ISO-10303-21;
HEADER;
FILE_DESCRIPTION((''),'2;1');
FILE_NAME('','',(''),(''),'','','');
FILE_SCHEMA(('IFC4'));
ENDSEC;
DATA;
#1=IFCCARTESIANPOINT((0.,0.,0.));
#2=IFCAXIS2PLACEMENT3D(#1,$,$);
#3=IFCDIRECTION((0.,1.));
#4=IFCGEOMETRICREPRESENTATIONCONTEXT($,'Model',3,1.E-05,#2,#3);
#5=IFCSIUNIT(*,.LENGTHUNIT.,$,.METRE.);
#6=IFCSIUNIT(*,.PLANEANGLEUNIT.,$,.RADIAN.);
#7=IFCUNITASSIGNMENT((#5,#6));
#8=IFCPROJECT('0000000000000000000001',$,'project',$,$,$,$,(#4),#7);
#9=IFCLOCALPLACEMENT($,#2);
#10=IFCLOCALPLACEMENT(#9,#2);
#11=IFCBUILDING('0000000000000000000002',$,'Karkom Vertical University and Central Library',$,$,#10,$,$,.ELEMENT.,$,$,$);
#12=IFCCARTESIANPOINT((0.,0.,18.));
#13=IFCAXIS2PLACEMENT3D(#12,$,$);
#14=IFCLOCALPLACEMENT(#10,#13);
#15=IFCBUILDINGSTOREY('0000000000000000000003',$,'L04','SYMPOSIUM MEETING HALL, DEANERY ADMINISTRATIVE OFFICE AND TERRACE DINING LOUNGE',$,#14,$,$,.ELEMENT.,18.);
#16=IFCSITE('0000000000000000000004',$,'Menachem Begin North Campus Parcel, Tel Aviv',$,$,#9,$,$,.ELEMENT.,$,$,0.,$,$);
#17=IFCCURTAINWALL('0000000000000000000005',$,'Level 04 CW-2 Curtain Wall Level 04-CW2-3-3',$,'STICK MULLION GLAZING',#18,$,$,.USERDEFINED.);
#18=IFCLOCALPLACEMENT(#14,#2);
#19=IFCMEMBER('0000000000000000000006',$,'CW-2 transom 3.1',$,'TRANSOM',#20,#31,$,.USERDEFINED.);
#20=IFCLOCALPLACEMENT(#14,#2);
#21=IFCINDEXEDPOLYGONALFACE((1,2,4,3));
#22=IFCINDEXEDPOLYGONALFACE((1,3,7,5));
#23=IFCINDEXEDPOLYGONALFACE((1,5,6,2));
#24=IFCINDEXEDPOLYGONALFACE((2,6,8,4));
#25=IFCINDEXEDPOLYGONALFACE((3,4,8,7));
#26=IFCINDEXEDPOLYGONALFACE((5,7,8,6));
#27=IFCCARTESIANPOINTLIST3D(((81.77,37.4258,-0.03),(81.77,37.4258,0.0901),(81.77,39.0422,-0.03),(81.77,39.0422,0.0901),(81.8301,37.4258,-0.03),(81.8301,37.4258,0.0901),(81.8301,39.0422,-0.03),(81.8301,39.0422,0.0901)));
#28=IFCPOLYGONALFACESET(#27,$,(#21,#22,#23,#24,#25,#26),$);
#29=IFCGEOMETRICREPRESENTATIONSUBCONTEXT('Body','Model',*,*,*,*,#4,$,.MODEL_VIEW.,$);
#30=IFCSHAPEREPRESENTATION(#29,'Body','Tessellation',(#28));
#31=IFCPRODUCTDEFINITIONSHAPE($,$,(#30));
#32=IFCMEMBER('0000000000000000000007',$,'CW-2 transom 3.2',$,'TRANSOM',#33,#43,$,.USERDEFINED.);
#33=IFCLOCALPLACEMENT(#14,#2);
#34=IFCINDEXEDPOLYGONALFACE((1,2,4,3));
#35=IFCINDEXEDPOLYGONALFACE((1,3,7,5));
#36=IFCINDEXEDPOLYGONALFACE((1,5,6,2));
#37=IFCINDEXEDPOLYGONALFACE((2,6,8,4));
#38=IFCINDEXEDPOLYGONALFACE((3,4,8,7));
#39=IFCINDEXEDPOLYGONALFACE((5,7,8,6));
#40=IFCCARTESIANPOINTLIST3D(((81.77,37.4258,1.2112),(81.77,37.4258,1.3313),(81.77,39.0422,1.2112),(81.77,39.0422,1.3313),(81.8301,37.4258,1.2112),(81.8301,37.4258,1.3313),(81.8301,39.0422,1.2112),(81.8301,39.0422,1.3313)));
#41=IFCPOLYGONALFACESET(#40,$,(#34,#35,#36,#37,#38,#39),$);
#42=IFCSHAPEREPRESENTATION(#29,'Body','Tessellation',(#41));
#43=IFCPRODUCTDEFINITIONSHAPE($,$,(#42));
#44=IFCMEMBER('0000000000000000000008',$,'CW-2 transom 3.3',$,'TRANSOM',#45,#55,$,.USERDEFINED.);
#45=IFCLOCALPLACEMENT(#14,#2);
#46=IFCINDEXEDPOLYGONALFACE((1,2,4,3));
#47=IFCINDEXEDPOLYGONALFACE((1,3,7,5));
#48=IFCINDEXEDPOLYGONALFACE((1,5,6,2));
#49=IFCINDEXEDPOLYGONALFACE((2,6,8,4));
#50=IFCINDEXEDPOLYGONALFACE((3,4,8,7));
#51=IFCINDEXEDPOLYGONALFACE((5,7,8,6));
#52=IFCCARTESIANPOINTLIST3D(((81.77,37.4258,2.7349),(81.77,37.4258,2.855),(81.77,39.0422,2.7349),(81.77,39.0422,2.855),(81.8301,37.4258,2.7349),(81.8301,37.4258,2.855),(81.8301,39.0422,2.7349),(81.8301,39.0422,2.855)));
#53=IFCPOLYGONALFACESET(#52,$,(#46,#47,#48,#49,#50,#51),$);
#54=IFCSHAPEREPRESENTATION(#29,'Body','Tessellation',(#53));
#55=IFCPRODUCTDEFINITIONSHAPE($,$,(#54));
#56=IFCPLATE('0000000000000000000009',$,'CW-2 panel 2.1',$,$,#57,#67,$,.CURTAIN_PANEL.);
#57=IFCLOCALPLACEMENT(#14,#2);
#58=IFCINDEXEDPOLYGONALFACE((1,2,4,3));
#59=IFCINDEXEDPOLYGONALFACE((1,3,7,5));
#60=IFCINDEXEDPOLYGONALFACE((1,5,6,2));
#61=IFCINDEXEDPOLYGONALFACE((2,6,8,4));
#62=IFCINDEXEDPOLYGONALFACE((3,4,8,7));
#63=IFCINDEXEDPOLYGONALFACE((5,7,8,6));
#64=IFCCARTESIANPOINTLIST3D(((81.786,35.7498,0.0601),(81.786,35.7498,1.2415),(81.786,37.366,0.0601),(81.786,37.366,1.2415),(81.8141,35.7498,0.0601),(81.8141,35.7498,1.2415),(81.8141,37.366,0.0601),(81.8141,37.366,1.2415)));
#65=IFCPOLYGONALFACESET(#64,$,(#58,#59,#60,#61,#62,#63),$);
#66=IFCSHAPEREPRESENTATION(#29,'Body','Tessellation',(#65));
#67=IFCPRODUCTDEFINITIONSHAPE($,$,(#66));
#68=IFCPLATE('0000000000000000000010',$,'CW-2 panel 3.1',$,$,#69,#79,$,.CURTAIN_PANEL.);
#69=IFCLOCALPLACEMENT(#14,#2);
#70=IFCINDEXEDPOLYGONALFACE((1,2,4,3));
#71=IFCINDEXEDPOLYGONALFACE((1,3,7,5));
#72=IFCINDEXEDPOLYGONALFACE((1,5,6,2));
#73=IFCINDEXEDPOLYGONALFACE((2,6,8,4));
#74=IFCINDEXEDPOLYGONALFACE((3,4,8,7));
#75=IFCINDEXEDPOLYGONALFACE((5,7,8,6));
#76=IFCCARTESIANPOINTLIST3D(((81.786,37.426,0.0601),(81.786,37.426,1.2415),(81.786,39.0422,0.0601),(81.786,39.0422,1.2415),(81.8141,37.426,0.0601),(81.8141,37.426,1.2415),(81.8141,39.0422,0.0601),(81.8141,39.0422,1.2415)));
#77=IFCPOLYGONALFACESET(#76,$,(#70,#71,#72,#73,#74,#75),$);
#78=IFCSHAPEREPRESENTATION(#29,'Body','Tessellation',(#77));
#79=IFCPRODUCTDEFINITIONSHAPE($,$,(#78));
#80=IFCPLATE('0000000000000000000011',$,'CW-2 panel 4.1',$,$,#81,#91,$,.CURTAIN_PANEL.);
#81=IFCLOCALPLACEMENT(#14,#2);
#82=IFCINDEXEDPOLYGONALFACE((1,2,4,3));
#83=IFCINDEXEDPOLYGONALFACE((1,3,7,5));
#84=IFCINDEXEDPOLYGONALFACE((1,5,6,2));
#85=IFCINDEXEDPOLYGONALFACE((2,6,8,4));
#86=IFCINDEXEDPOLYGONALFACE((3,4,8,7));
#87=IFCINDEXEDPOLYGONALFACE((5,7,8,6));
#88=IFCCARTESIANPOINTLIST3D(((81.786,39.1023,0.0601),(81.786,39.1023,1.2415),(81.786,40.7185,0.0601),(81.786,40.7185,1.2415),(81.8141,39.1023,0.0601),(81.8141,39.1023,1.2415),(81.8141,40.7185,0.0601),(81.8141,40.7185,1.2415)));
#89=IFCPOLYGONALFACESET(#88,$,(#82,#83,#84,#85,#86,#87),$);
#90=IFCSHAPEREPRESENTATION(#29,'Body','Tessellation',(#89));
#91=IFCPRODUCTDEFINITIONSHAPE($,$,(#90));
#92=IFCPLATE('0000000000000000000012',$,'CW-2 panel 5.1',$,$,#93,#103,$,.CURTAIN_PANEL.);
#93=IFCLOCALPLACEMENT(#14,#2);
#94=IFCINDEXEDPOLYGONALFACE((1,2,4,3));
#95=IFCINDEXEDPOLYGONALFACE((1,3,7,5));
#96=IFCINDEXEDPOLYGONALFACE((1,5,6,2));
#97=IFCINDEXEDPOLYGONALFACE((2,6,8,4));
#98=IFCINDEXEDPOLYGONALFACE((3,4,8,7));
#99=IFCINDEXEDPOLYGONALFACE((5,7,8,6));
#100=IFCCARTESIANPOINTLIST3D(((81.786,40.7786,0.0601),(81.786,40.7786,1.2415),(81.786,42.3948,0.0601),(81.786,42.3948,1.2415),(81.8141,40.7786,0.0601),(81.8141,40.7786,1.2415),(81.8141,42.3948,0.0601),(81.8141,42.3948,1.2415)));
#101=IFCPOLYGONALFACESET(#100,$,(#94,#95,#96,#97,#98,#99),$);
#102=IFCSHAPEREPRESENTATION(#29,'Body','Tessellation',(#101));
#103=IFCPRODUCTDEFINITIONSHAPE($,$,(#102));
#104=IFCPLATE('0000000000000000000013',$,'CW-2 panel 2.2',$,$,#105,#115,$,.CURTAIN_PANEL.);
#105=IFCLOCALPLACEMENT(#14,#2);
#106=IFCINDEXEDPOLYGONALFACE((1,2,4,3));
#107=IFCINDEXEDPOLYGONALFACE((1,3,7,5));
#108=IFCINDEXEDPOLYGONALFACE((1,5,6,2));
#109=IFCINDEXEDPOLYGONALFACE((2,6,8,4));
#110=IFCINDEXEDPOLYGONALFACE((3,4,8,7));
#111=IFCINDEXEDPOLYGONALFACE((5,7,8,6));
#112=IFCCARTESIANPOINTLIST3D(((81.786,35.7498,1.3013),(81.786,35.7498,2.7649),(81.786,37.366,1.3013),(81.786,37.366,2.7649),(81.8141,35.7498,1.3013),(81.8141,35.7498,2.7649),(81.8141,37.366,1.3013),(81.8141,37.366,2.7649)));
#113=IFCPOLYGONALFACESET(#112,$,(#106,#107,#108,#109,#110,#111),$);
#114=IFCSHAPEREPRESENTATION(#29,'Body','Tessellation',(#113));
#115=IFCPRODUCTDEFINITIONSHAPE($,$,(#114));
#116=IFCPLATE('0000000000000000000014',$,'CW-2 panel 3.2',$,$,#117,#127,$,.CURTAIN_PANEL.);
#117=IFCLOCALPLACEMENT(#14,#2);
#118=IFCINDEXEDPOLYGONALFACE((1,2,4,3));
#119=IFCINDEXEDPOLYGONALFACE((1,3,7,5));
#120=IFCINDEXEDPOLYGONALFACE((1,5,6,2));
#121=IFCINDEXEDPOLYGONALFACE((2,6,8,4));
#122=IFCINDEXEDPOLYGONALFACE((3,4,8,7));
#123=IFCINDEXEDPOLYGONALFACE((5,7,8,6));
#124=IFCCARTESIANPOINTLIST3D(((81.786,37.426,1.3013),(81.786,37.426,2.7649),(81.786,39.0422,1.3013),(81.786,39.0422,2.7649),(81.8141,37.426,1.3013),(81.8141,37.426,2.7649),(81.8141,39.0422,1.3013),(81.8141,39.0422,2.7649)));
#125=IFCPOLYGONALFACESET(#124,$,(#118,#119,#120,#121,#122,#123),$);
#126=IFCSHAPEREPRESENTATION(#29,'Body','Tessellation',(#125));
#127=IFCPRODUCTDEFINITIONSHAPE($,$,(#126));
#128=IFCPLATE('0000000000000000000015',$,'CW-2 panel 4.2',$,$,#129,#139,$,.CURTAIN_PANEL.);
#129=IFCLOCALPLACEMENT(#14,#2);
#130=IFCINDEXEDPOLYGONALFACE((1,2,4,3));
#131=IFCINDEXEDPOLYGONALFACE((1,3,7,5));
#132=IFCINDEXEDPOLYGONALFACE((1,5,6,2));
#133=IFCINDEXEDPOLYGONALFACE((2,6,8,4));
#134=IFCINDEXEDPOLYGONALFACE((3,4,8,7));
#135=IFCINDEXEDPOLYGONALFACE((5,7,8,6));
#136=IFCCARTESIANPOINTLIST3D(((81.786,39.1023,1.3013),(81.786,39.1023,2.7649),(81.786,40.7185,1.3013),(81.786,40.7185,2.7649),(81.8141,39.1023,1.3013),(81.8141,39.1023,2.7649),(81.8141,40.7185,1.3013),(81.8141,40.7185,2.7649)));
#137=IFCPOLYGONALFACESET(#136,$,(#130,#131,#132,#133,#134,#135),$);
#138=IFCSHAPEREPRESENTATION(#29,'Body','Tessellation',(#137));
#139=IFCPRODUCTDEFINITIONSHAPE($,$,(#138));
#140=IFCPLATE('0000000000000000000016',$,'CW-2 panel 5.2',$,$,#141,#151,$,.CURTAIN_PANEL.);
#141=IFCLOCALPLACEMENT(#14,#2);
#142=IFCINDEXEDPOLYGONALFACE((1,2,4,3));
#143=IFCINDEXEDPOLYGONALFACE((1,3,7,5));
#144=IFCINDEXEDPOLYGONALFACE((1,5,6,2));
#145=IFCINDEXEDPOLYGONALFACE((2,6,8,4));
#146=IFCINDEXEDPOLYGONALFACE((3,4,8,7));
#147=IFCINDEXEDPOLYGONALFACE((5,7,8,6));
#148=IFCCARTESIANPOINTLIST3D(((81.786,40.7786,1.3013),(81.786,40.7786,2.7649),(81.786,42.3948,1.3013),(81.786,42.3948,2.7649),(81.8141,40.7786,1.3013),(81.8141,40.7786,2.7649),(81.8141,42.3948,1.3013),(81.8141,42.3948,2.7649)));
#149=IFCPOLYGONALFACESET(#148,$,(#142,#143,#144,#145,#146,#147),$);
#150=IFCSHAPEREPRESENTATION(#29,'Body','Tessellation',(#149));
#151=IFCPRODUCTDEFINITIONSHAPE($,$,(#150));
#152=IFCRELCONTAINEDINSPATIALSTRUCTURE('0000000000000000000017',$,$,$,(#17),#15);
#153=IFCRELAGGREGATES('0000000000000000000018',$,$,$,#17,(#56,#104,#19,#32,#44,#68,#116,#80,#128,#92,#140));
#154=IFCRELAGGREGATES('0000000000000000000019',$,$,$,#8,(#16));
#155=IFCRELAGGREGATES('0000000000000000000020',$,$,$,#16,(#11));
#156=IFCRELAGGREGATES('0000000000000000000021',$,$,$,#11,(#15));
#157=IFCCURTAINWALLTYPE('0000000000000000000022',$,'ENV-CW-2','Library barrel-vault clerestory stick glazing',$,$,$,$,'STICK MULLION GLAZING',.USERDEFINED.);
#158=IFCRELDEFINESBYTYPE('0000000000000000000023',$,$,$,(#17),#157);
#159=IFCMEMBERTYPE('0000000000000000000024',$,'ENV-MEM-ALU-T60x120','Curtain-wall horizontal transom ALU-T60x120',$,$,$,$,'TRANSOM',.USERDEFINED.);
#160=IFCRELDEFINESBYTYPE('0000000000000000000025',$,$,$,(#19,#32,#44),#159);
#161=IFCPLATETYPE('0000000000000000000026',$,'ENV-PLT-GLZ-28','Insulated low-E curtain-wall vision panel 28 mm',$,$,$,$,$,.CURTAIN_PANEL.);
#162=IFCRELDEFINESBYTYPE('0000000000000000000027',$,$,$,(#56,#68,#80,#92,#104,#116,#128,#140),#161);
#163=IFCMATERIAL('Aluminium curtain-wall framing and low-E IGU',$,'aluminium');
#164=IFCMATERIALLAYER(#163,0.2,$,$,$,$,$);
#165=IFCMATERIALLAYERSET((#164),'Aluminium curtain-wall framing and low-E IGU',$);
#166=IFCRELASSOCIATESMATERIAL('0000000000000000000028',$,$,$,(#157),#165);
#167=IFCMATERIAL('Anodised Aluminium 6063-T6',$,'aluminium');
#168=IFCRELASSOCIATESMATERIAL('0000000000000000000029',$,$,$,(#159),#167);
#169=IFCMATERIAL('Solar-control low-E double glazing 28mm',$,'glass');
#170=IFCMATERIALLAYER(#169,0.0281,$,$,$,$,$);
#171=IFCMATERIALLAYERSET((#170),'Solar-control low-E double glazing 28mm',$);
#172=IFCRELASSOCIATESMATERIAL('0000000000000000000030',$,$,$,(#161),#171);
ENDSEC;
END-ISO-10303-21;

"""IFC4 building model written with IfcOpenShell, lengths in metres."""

from ifc_helpers import new_model, si_unit, direction, frame, origin, origin_with_axes, origin_2d, place, context, subcontext, project, spatial, rectangle, extrude, source, transform, mapped, material, layer, layer_set, material_profile, profile_set, type_object, element, aggregate, save


model = new_model("IFC4")

# Units and contexts
model_context = context("Model", 3, precision=1e-05, world=origin(), true_north=direction((0.0, 1.0)))
body_context = subcontext(model_context, "Body", "Model", "MODEL_VIEW")
ifc_project = project(units=[si_unit("LENGTHUNIT", "METRE"), si_unit("PLANEANGLEUNIT", "RADIAN")], contexts=[model_context])

# Site, building, storey
site_placement = place(None, origin())
site = spatial("IfcSite", under=ifc_project, at=site_placement, Name="Menachem Begin North Campus Parcel, Tel Aviv", CompositionType="ELEMENT", RefElevation=0.0)
building_placement = place(site_placement, origin())
building = spatial("IfcBuilding", under=site, at=building_placement, Name="Karkom Vertical University and Central Library", CompositionType="ELEMENT")
storey_placement = place(building_placement, frame((0.0, 0.0, 18.0)))
storey = spatial("IfcBuildingStorey", under=building, at=storey_placement, Name="L04", Description="SYMPOSIUM MEETING HALL, DEANERY ADMINISTRATIVE OFFICE AND TERRACE DINING LOUNGE", CompositionType="ELEMENT", Elevation=18.0)

# Curtain wall, members, plates
ifc_material_1 = material(Name="Aluminium curtain-wall framing and low-E IGU", Category="aluminium")
ifc_layer_1 = layer(ifc_material_1, 0.2)
ifc_layer_set_1 = layer_set([ifc_layer_1], Name="Aluminium curtain-wall framing and low-E IGU")
curtain_wall_type = type_object("IfcCurtainWallType", Name="ENV-CW-2", Description="Library barrel-vault clerestory stick glazing", ElementType="STICK MULLION GLAZING", PredefinedType="USERDEFINED", material=ifc_layer_set_1)
curtain_wall_placement = place(storey_placement, origin())
curtain_wall = element("IfcCurtainWall", 1, at=curtain_wall_placement, inside=storey, type_object=curtain_wall_type, Name="Level 04 CW-2 Curtain Wall Level 04-CW2-3-3", ObjectType="STICK MULLION GLAZING", PredefinedType="USERDEFINED")
ifc_material_2 = material(Name="Anodised Aluminium 6063-T6", Category="aluminium")
ifc_material_profile_1 = material_profile(ifc_material_2, rectangle(XDim=0.0601, YDim=0.1201, at=origin_2d()), Name="ALU-T60x120")
ifc_profile_set_1 = profile_set([ifc_material_profile_1], Name="Anodised Aluminium 6063-T6")
member_type_1 = type_object("IfcMemberType", Name="ENV-MEM-ALU-T60x120", Description="Curtain-wall horizontal transom ALU-T60x120", ElementType="TRANSOM", PredefinedType="USERDEFINED", material=ifc_profile_set_1)
shared_shape_1 = source(origin_with_axes(), body_context, "Body", "SweptSolid", [
    extrude(rectangle(XDim=0.0601, YDim=0.1201, at=origin_2d()), origin(), (0.0, 0.0, 1.0), 1.6165),
])
member_1_placement = place(storey_placement, frame((81.8, 37.4258, 0.03), z_axis=(0.0, 1.0, 0.0), x_axis=(-1.0, 0.0, 0.0)))
member_1 = element("IfcMember", 2, at=member_1_placement, type_object=member_type_1, Name="CW-2 transom 3.1", ObjectType="TRANSOM", PredefinedType="USERDEFINED", context=body_context, shape_type="MappedRepresentation", body=[
    mapped(shared_shape_1, transform((0.0, 0.0, 0.0), scale=1.0)),
])
member_2_placement = place(storey_placement, frame((81.8, 37.4258, 1.2712), z_axis=(0.0, 1.0, 0.0), x_axis=(-1.0, 0.0, 0.0)))
member_2 = element("IfcMember", 3, at=member_2_placement, type_object=member_type_1, Name="CW-2 transom 3.2", ObjectType="TRANSOM", PredefinedType="USERDEFINED", context=body_context, shape_type="MappedRepresentation", body=[
    mapped(shared_shape_1, transform((0.0, 0.0, 0.0), scale=1.0)),
])
member_3_placement = place(storey_placement, frame((81.8, 37.4258, 2.7949), z_axis=(0.0, 1.0, 0.0), x_axis=(-1.0, 0.0, 0.0)))
member_3 = element("IfcMember", 4, at=member_3_placement, type_object=member_type_1, Name="CW-2 transom 3.3", ObjectType="TRANSOM", PredefinedType="USERDEFINED", context=body_context, shape_type="MappedRepresentation", body=[
    mapped(shared_shape_1, transform((0.0, 0.0, 0.0), scale=1.0)),
])
ifc_material_3 = material(Name="Solar-control low-E double glazing 28mm", Category="glass")
ifc_layer_2 = layer(ifc_material_3, 0.0281)
ifc_layer_set_2 = layer_set([ifc_layer_2], Name="Solar-control low-E double glazing 28mm")
plate_type = type_object("IfcPlateType", Name="ENV-PLT-GLZ-28", Description="Insulated low-E curtain-wall vision panel 28 mm", PredefinedType="CURTAIN_PANEL", material=ifc_layer_set_2)
shared_shape_2 = source(origin_with_axes(), body_context, "Body", "SweptSolid", [
    extrude(rectangle(XDim=1.6162, YDim=0.0281, at=origin_2d()), origin(), (0.0, 0.0, 1.0), 1.1814),
])
plate_1_placement = place(storey_placement, frame((81.8, 36.5579, 0.0601), z_axis=(0.0, 0.0, 1.0), x_axis=(0.0, 1.0, 0.0)))
plate_1 = element("IfcPlate", 5, at=plate_1_placement, type_object=plate_type, Name="CW-2 panel 2.1", PredefinedType="CURTAIN_PANEL", context=body_context, shape_type="MappedRepresentation", body=[
    mapped(shared_shape_2, transform((0.0, 0.0, 0.0), scale=1.0)),
])
plate_2_placement = place(storey_placement, frame((81.8, 38.2341, 0.0601), z_axis=(0.0, 0.0, 1.0), x_axis=(0.0, 1.0, 0.0)))
plate_2 = element("IfcPlate", 6, at=plate_2_placement, type_object=plate_type, Name="CW-2 panel 3.1", PredefinedType="CURTAIN_PANEL", context=body_context, shape_type="MappedRepresentation", body=[
    mapped(shared_shape_2, transform((0.0, 0.0, 0.0), scale=1.0)),
])
plate_3_placement = place(storey_placement, frame((81.8, 39.9104, 0.0601), z_axis=(0.0, 0.0, 1.0), x_axis=(0.0, 1.0, 0.0)))
plate_3 = element("IfcPlate", 7, at=plate_3_placement, type_object=plate_type, Name="CW-2 panel 4.1", PredefinedType="CURTAIN_PANEL", context=body_context, shape_type="MappedRepresentation", body=[
    mapped(shared_shape_2, transform((0.0, 0.0, 0.0), scale=1.0)),
])
plate_4_placement = place(storey_placement, frame((81.8, 41.5867, 0.0601), z_axis=(0.0, 0.0, 1.0), x_axis=(0.0, 1.0, 0.0)))
plate_4 = element("IfcPlate", 8, at=plate_4_placement, type_object=plate_type, Name="CW-2 panel 5.1", PredefinedType="CURTAIN_PANEL", context=body_context, shape_type="MappedRepresentation", body=[
    mapped(shared_shape_2, transform((0.0, 0.0, 0.0), scale=1.0)),
])
shared_shape_3 = source(origin_with_axes(), body_context, "Body", "SweptSolid", [
    extrude(rectangle(XDim=1.6162, YDim=0.0281, at=origin_2d()), origin(), (0.0, 0.0, 1.0), 1.4636),
])
plate_5_placement = place(storey_placement, frame((81.8, 36.5579, 1.3013), z_axis=(0.0, 0.0, 1.0), x_axis=(0.0, 1.0, 0.0)))
plate_5 = element("IfcPlate", 9, at=plate_5_placement, type_object=plate_type, Name="CW-2 panel 2.2", PredefinedType="CURTAIN_PANEL", context=body_context, shape_type="MappedRepresentation", body=[
    mapped(shared_shape_3, transform((0.0, 0.0, 0.0), scale=1.0)),
])
plate_6_placement = place(storey_placement, frame((81.8, 38.2341, 1.3013), z_axis=(0.0, 0.0, 1.0), x_axis=(0.0, 1.0, 0.0)))
plate_6 = element("IfcPlate", 10, at=plate_6_placement, type_object=plate_type, Name="CW-2 panel 3.2", PredefinedType="CURTAIN_PANEL", context=body_context, shape_type="MappedRepresentation", body=[
    mapped(shared_shape_3, transform((0.0, 0.0, 0.0), scale=1.0)),
])
plate_7_placement = place(storey_placement, frame((81.8, 39.9104, 1.3013), z_axis=(0.0, 0.0, 1.0), x_axis=(0.0, 1.0, 0.0)))
plate_7 = element("IfcPlate", 11, at=plate_7_placement, type_object=plate_type, Name="CW-2 panel 4.2", PredefinedType="CURTAIN_PANEL", context=body_context, shape_type="MappedRepresentation", body=[
    mapped(shared_shape_3, transform((0.0, 0.0, 0.0), scale=1.0)),
])
plate_8_placement = place(storey_placement, frame((81.8, 41.5867, 1.3013), z_axis=(0.0, 0.0, 1.0), x_axis=(0.0, 1.0, 0.0)))
plate_8 = element("IfcPlate", 12, at=plate_8_placement, type_object=plate_type, Name="CW-2 panel 5.2", PredefinedType="CURTAIN_PANEL", context=body_context, shape_type="MappedRepresentation", body=[
    mapped(shared_shape_3, transform((0.0, 0.0, 0.0), scale=1.0)),
])
aggregate(curtain_wall, [plate_1, plate_5, member_1, member_2, member_3, plate_2, plate_6, plate_3, plate_7, plate_4, plate_8])

save(model, "model.ifc")
